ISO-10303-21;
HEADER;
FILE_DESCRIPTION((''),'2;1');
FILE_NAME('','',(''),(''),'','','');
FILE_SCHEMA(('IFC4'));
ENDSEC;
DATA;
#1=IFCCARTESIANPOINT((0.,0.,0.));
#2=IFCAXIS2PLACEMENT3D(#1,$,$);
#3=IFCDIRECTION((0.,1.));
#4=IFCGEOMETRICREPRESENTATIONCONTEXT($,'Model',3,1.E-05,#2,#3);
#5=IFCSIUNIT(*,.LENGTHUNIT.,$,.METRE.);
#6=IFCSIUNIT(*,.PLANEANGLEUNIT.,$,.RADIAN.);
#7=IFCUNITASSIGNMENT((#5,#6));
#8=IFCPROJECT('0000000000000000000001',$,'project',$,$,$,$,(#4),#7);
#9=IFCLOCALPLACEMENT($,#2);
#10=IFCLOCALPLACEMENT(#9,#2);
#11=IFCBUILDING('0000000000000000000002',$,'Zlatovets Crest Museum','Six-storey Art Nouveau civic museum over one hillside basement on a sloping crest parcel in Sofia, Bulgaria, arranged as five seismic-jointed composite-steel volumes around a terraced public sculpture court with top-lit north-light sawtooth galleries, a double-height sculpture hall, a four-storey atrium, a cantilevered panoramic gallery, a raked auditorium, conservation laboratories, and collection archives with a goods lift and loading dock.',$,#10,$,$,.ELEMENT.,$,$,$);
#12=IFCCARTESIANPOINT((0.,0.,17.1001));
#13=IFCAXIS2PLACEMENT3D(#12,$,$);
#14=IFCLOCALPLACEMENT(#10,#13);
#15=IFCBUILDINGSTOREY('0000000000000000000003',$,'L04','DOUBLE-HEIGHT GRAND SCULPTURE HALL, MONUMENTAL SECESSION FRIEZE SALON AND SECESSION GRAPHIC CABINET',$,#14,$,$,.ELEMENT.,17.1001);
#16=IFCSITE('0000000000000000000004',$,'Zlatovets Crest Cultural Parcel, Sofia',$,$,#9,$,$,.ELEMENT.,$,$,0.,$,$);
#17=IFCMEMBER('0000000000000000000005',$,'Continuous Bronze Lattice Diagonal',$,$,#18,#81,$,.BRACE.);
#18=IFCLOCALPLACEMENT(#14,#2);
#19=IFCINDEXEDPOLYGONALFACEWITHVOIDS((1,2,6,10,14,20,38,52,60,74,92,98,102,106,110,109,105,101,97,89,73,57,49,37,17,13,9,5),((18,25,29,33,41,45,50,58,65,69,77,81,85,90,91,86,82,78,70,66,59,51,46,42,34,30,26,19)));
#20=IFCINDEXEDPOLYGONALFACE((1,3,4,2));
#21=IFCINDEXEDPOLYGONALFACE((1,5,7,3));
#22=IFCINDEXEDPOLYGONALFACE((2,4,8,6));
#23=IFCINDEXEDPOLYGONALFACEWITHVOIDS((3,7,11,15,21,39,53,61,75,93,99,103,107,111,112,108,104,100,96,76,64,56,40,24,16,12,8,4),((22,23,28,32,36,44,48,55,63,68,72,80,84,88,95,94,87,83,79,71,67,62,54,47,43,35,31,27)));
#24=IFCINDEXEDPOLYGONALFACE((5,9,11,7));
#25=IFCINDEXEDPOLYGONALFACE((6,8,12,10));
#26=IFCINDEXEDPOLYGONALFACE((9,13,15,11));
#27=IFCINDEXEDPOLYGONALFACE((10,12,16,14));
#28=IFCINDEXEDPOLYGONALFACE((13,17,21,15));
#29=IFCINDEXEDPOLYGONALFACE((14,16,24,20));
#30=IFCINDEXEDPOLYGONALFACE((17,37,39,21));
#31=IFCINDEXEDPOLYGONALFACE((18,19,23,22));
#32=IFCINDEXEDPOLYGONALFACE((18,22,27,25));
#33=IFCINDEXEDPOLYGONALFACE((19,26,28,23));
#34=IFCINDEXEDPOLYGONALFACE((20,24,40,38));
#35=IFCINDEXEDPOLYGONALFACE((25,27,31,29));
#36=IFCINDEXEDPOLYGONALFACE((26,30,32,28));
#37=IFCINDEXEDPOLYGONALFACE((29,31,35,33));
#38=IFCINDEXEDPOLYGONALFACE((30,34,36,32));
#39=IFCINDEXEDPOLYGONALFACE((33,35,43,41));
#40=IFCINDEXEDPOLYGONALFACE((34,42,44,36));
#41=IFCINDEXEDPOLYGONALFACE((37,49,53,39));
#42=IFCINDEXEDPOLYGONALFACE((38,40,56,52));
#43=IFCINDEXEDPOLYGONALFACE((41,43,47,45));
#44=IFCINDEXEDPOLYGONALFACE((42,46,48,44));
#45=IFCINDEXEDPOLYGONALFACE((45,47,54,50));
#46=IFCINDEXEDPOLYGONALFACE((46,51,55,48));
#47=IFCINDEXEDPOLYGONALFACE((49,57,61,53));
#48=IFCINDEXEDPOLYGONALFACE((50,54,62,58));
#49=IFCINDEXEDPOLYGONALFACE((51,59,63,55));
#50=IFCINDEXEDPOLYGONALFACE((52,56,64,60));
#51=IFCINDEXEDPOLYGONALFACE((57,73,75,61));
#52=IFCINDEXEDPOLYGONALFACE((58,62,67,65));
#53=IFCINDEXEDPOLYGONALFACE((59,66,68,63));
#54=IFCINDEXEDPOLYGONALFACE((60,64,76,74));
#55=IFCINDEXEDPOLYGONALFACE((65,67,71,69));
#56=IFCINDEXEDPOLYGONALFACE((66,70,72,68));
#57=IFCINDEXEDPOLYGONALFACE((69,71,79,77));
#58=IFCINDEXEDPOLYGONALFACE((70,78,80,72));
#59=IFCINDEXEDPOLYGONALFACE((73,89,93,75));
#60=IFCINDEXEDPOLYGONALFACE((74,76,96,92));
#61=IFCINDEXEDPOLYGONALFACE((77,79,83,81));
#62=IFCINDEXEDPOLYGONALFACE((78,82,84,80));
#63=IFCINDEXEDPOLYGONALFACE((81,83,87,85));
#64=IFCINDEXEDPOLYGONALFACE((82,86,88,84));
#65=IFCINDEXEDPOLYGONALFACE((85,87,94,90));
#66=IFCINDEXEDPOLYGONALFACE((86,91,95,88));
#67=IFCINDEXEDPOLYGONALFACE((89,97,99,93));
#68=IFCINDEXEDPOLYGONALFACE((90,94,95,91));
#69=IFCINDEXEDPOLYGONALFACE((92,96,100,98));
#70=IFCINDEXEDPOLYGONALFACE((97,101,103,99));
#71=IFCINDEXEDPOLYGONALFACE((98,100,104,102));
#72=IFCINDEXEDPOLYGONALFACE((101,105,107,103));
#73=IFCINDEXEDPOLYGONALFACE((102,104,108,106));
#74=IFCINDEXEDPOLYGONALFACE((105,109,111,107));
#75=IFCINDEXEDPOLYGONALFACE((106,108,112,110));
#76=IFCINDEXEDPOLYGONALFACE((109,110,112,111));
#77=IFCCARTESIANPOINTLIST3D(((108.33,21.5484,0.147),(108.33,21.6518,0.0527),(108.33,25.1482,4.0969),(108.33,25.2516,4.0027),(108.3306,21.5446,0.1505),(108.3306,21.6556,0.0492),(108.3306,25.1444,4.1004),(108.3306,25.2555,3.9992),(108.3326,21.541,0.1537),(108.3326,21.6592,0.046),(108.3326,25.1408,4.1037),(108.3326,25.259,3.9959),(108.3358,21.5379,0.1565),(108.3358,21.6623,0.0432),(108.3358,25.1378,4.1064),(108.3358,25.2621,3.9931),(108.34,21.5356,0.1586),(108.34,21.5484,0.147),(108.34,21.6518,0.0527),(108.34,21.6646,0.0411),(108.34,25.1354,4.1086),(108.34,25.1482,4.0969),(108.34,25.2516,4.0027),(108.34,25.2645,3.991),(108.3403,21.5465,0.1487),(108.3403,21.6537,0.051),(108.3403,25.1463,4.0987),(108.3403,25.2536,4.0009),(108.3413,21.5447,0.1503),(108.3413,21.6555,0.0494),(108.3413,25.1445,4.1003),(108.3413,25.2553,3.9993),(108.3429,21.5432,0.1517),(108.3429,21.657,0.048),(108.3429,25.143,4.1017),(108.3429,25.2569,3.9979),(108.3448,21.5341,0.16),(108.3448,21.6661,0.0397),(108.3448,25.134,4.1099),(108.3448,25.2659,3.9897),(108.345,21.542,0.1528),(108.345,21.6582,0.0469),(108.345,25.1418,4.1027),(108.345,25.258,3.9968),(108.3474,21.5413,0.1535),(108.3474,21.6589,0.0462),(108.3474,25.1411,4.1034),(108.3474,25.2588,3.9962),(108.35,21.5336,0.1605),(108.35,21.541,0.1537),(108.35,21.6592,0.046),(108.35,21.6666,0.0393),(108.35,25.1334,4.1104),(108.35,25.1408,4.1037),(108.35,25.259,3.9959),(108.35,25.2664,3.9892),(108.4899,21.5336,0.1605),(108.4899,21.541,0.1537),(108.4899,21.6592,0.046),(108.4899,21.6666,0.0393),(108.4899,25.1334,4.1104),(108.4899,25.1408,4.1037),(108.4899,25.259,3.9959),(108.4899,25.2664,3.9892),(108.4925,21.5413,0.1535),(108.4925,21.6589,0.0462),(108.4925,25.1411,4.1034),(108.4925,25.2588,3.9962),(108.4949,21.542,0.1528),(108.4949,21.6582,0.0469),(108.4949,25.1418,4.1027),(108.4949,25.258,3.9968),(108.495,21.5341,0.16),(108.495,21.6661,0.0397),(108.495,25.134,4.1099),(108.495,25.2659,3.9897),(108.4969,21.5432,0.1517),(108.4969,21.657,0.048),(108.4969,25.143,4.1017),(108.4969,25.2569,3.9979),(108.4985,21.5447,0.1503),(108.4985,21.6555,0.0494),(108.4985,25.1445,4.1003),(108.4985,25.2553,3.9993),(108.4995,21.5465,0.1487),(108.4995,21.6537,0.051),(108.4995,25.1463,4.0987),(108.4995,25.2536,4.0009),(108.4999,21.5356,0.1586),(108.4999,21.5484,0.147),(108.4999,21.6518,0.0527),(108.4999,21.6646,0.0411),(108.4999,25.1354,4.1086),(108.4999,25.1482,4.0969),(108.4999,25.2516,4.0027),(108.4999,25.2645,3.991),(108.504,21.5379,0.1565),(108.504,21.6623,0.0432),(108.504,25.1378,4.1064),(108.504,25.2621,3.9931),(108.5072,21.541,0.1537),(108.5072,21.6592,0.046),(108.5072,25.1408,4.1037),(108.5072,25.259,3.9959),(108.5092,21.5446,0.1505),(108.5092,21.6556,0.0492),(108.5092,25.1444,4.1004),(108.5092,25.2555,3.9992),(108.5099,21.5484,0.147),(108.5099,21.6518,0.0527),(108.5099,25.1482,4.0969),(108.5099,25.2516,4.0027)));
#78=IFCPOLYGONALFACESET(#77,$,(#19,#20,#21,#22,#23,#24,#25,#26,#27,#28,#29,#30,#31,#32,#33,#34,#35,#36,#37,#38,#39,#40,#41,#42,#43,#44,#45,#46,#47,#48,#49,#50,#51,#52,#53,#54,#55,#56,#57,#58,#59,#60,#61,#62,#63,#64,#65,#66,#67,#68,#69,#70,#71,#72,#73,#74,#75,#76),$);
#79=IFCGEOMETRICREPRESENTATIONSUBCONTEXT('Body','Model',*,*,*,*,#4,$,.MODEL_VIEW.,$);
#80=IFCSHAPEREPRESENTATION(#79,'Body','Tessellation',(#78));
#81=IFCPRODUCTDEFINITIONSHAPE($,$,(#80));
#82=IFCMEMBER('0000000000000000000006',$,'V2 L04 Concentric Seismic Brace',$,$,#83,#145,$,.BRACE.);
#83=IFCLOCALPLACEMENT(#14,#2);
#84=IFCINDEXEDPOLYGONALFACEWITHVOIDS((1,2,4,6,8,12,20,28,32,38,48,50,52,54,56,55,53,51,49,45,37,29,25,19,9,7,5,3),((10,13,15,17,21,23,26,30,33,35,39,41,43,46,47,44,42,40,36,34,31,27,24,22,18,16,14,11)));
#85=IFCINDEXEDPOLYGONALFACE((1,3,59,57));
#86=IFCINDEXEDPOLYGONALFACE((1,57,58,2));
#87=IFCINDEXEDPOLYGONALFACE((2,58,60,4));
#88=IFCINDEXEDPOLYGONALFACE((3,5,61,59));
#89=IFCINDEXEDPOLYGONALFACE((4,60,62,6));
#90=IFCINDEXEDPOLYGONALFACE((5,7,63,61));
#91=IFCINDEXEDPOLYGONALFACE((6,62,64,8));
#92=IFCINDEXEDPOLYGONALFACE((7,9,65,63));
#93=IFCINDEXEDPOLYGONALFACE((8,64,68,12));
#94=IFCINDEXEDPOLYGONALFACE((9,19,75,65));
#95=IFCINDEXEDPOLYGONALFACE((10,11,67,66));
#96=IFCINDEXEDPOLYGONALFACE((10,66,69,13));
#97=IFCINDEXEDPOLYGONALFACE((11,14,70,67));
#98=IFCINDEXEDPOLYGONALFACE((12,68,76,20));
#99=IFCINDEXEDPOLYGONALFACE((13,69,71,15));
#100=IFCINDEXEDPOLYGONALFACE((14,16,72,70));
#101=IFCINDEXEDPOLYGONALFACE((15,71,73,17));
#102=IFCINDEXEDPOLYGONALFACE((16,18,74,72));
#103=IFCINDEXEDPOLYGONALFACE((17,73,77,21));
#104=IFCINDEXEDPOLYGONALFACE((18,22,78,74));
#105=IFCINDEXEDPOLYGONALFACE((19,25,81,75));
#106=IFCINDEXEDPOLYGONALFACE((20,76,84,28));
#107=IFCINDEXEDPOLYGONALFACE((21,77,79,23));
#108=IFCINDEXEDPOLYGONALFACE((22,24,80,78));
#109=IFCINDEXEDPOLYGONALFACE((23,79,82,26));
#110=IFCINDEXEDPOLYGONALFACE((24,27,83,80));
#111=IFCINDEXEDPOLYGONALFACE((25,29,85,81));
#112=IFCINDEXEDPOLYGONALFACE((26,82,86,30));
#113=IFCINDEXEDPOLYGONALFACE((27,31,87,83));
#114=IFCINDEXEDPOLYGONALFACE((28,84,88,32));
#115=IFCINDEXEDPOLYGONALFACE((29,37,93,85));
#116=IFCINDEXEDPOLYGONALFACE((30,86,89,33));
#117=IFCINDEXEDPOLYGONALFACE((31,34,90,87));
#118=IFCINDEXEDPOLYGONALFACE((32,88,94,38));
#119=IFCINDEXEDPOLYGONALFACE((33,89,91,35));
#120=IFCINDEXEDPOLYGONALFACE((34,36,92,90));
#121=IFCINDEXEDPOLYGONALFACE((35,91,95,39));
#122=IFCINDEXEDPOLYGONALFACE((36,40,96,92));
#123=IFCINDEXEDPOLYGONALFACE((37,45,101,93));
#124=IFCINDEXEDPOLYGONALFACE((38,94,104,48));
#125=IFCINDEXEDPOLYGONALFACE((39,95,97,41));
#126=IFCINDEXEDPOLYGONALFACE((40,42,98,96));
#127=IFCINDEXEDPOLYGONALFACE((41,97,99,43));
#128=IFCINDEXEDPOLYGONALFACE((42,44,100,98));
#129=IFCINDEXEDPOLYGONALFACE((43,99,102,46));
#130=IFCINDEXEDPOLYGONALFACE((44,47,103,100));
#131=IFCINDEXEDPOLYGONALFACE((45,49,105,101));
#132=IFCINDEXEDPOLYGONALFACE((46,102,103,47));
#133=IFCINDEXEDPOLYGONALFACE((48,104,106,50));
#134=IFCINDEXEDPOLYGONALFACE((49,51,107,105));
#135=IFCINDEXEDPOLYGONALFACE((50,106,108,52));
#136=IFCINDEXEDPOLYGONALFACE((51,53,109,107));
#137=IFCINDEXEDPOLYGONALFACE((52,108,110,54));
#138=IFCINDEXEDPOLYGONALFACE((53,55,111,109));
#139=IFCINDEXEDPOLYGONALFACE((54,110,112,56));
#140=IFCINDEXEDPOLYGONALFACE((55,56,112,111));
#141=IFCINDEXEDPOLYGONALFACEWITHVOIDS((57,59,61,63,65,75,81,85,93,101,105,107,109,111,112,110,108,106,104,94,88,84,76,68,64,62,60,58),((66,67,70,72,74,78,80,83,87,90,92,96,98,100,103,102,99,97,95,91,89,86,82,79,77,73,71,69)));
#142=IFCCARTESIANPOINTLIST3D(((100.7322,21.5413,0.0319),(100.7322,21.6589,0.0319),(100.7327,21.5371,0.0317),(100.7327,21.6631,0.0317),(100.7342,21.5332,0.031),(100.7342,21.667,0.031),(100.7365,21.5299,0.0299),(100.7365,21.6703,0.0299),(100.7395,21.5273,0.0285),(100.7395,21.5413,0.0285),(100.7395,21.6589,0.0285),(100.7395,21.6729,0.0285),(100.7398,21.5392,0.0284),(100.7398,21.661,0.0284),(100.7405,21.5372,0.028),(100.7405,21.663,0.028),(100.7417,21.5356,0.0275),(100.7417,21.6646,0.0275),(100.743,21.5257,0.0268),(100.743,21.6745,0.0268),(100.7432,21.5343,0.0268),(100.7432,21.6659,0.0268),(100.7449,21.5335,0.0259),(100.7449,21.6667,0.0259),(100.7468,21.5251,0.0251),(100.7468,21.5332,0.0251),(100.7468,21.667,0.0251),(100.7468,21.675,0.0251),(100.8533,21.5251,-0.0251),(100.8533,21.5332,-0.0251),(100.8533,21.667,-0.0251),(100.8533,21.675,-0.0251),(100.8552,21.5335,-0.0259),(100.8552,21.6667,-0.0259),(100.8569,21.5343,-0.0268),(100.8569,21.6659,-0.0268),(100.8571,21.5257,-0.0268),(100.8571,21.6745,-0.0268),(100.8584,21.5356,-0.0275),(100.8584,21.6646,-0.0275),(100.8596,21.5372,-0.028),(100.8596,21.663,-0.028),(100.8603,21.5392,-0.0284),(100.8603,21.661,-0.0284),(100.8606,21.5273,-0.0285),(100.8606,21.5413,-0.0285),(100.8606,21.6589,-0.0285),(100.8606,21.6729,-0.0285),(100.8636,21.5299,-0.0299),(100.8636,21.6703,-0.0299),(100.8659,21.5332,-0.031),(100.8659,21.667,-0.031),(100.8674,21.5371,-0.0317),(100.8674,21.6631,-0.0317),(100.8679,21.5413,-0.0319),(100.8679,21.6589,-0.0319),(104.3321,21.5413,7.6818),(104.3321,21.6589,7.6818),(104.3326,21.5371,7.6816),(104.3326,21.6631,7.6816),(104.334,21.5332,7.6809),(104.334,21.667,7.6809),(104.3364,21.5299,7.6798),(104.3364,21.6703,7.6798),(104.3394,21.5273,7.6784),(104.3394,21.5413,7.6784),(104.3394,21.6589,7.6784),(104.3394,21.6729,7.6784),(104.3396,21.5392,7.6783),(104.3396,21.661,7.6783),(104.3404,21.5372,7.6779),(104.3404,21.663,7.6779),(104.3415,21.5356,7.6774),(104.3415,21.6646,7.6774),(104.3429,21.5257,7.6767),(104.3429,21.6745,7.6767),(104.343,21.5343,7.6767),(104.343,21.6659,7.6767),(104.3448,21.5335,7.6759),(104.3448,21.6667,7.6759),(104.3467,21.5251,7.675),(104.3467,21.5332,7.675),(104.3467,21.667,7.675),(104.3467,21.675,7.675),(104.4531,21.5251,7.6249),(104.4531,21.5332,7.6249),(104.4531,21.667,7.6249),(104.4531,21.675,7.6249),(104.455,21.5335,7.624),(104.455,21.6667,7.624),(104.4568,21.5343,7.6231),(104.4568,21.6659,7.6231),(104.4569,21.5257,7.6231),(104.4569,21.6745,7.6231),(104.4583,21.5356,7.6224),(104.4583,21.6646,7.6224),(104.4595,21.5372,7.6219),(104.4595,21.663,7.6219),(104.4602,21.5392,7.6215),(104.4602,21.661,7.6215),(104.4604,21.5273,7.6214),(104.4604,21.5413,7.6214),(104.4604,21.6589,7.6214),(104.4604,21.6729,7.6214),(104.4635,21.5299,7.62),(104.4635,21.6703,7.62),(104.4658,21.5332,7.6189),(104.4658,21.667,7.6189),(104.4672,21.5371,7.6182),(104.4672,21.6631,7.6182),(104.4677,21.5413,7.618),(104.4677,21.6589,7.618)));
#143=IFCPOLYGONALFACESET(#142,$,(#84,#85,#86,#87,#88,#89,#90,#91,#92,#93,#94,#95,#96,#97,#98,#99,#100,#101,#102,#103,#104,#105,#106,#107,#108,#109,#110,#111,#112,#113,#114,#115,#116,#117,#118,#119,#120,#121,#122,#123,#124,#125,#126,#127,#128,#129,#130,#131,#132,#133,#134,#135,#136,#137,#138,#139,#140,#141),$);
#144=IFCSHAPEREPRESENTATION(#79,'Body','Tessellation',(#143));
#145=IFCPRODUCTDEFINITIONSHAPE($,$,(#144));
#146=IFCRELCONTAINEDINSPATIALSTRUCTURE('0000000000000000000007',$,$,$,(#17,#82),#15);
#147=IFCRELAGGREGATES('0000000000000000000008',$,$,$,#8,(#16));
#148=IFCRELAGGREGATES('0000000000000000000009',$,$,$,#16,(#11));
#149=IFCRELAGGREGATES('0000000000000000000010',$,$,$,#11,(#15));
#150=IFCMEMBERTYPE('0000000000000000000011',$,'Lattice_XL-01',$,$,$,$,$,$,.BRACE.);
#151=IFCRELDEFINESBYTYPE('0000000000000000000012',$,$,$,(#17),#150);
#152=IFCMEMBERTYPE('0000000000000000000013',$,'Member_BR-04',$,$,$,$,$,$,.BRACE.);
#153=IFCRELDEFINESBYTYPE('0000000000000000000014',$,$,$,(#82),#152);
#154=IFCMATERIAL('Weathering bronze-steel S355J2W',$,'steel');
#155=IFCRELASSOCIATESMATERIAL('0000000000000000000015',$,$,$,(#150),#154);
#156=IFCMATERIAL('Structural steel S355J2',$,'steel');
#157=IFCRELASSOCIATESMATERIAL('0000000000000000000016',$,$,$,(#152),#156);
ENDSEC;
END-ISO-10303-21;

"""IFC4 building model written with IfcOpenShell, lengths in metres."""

from ifc_helpers import new_model, si_unit, direction, frame, origin, origin_2d, place, context, subcontext, project, spatial, hollow_rectangle, extrude, material, material_profile, profile_set, type_object, element, save


model = new_model("IFC4")

# Units and contexts
model_context = context("Model", 3, precision=1e-05, world=origin(), true_north=direction((0.0, 1.0)))
body_context = subcontext(model_context, "Body", "Model", "MODEL_VIEW")
ifc_project = project(units=[si_unit("LENGTHUNIT", "METRE"), si_unit("PLANEANGLEUNIT", "RADIAN")], contexts=[model_context])

# Site, building, storey
site_placement = place(None, origin())
site = spatial("IfcSite", under=ifc_project, at=site_placement, Name="Zlatovets Crest Cultural Parcel, Sofia", CompositionType="ELEMENT", RefElevation=0.0)
building_placement = place(site_placement, origin())
building = spatial("IfcBuilding", under=site, at=building_placement, Name="Zlatovets Crest Museum", Description="Six-storey Art Nouveau civic museum over one hillside basement on a sloping crest parcel in Sofia, Bulgaria, arranged as five seismic-jointed composite-steel volumes around a terraced public sculpture court with top-lit north-light sawtooth galleries, a double-height sculpture hall, a four-storey atrium, a cantilevered panoramic gallery, a raked auditorium, conservation laboratories, and collection archives with a goods lift and loading dock.", CompositionType="ELEMENT")
storey_placement = place(building_placement, frame((0.0, 0.0, 17.1001)))
storey = spatial("IfcBuildingStorey", under=building, at=storey_placement, Name="L04", Description="DOUBLE-HEIGHT GRAND SCULPTURE HALL, MONUMENTAL SECESSION FRIEZE SALON AND SECESSION GRAPHIC CABINET", CompositionType="ELEMENT", Elevation=17.1001)

# Shared definitions
ifc_material_1 = material(Name="Structural steel S355J2", Category="steel")

# Members
ifc_material_2 = material(Name="Weathering bronze-steel S355J2W", Category="steel")
ifc_material_profile_1 = material_profile(ifc_material_2, hollow_rectangle(XDim=0.1799, YDim=0.1799, WallThickness=0.01, InnerFilletRadius=0.01, OuterFilletRadius=0.02, at=origin_2d()), Name="SHS 180x180x10.0")
ifc_profile_set_1 = profile_set([ifc_material_profile_1], Name="Weathering bronze-steel S355J2W")
member_type_1 = type_object("IfcMemberType", Name="Lattice_XL-01", PredefinedType="BRACE", material=ifc_profile_set_1)
member_1_placement = place(storey_placement, frame((108.4199, 21.6001, 0.0999), z_axis=(0.0, 0.673593, 0.739102), x_axis=(-1.0, 0.0, 0.0)))
element("IfcMember", 1, at=member_1_placement, inside=storey, type_object=member_type_1, Name="Continuous Bronze Lattice Diagonal", PredefinedType="BRACE", context=body_context, shape_type="SweptSolid", body=[
    extrude(hollow_rectangle(XDim=0.1799, YDim=0.1799, WallThickness=0.01, InnerFilletRadius=0.01, OuterFilletRadius=0.02, at=origin_2d()), origin(), (0.0, 0.0, 1.0), 5.3442),
])
ifc_material_profile_2 = material_profile(ifc_material_1, hollow_rectangle(XDim=0.1499, YDim=0.1499, WallThickness=0.0081, InnerFilletRadius=0.0081, OuterFilletRadius=0.0161, at=origin_2d()), Name="SHS 150x150x8.0")
ifc_profile_set_2 = profile_set([ifc_material_profile_2], Name="Structural steel S355J2")
member_type_2 = type_object("IfcMemberType", Name="Member_BR-04", PredefinedType="BRACE", material=ifc_profile_set_2)
for number, where, z_axis, x_axis, name in (
    (2, (100.8, 21.6001, 0.0), (0.425787, 0.0, 0.904823), (0.0, 1.0, 0.0), "V2 L04 Concentric Seismic Brace"),
):
    element("IfcMember", number, at=place(storey_placement, frame(where, z_axis=z_axis, x_axis=x_axis)), inside=storey, type_object=member_type_2, Name=name, PredefinedType="BRACE", context=body_context, shape_type="SweptSolid", body=[
        extrude(hollow_rectangle(XDim=0.1499, YDim=0.1499, WallThickness=0.0081, InnerFilletRadius=0.0081, OuterFilletRadius=0.0161, at=origin_2d()), origin(), (0.0, 0.0, 1.0), 8.4546),
    ])

save(model, "model.ifc")
